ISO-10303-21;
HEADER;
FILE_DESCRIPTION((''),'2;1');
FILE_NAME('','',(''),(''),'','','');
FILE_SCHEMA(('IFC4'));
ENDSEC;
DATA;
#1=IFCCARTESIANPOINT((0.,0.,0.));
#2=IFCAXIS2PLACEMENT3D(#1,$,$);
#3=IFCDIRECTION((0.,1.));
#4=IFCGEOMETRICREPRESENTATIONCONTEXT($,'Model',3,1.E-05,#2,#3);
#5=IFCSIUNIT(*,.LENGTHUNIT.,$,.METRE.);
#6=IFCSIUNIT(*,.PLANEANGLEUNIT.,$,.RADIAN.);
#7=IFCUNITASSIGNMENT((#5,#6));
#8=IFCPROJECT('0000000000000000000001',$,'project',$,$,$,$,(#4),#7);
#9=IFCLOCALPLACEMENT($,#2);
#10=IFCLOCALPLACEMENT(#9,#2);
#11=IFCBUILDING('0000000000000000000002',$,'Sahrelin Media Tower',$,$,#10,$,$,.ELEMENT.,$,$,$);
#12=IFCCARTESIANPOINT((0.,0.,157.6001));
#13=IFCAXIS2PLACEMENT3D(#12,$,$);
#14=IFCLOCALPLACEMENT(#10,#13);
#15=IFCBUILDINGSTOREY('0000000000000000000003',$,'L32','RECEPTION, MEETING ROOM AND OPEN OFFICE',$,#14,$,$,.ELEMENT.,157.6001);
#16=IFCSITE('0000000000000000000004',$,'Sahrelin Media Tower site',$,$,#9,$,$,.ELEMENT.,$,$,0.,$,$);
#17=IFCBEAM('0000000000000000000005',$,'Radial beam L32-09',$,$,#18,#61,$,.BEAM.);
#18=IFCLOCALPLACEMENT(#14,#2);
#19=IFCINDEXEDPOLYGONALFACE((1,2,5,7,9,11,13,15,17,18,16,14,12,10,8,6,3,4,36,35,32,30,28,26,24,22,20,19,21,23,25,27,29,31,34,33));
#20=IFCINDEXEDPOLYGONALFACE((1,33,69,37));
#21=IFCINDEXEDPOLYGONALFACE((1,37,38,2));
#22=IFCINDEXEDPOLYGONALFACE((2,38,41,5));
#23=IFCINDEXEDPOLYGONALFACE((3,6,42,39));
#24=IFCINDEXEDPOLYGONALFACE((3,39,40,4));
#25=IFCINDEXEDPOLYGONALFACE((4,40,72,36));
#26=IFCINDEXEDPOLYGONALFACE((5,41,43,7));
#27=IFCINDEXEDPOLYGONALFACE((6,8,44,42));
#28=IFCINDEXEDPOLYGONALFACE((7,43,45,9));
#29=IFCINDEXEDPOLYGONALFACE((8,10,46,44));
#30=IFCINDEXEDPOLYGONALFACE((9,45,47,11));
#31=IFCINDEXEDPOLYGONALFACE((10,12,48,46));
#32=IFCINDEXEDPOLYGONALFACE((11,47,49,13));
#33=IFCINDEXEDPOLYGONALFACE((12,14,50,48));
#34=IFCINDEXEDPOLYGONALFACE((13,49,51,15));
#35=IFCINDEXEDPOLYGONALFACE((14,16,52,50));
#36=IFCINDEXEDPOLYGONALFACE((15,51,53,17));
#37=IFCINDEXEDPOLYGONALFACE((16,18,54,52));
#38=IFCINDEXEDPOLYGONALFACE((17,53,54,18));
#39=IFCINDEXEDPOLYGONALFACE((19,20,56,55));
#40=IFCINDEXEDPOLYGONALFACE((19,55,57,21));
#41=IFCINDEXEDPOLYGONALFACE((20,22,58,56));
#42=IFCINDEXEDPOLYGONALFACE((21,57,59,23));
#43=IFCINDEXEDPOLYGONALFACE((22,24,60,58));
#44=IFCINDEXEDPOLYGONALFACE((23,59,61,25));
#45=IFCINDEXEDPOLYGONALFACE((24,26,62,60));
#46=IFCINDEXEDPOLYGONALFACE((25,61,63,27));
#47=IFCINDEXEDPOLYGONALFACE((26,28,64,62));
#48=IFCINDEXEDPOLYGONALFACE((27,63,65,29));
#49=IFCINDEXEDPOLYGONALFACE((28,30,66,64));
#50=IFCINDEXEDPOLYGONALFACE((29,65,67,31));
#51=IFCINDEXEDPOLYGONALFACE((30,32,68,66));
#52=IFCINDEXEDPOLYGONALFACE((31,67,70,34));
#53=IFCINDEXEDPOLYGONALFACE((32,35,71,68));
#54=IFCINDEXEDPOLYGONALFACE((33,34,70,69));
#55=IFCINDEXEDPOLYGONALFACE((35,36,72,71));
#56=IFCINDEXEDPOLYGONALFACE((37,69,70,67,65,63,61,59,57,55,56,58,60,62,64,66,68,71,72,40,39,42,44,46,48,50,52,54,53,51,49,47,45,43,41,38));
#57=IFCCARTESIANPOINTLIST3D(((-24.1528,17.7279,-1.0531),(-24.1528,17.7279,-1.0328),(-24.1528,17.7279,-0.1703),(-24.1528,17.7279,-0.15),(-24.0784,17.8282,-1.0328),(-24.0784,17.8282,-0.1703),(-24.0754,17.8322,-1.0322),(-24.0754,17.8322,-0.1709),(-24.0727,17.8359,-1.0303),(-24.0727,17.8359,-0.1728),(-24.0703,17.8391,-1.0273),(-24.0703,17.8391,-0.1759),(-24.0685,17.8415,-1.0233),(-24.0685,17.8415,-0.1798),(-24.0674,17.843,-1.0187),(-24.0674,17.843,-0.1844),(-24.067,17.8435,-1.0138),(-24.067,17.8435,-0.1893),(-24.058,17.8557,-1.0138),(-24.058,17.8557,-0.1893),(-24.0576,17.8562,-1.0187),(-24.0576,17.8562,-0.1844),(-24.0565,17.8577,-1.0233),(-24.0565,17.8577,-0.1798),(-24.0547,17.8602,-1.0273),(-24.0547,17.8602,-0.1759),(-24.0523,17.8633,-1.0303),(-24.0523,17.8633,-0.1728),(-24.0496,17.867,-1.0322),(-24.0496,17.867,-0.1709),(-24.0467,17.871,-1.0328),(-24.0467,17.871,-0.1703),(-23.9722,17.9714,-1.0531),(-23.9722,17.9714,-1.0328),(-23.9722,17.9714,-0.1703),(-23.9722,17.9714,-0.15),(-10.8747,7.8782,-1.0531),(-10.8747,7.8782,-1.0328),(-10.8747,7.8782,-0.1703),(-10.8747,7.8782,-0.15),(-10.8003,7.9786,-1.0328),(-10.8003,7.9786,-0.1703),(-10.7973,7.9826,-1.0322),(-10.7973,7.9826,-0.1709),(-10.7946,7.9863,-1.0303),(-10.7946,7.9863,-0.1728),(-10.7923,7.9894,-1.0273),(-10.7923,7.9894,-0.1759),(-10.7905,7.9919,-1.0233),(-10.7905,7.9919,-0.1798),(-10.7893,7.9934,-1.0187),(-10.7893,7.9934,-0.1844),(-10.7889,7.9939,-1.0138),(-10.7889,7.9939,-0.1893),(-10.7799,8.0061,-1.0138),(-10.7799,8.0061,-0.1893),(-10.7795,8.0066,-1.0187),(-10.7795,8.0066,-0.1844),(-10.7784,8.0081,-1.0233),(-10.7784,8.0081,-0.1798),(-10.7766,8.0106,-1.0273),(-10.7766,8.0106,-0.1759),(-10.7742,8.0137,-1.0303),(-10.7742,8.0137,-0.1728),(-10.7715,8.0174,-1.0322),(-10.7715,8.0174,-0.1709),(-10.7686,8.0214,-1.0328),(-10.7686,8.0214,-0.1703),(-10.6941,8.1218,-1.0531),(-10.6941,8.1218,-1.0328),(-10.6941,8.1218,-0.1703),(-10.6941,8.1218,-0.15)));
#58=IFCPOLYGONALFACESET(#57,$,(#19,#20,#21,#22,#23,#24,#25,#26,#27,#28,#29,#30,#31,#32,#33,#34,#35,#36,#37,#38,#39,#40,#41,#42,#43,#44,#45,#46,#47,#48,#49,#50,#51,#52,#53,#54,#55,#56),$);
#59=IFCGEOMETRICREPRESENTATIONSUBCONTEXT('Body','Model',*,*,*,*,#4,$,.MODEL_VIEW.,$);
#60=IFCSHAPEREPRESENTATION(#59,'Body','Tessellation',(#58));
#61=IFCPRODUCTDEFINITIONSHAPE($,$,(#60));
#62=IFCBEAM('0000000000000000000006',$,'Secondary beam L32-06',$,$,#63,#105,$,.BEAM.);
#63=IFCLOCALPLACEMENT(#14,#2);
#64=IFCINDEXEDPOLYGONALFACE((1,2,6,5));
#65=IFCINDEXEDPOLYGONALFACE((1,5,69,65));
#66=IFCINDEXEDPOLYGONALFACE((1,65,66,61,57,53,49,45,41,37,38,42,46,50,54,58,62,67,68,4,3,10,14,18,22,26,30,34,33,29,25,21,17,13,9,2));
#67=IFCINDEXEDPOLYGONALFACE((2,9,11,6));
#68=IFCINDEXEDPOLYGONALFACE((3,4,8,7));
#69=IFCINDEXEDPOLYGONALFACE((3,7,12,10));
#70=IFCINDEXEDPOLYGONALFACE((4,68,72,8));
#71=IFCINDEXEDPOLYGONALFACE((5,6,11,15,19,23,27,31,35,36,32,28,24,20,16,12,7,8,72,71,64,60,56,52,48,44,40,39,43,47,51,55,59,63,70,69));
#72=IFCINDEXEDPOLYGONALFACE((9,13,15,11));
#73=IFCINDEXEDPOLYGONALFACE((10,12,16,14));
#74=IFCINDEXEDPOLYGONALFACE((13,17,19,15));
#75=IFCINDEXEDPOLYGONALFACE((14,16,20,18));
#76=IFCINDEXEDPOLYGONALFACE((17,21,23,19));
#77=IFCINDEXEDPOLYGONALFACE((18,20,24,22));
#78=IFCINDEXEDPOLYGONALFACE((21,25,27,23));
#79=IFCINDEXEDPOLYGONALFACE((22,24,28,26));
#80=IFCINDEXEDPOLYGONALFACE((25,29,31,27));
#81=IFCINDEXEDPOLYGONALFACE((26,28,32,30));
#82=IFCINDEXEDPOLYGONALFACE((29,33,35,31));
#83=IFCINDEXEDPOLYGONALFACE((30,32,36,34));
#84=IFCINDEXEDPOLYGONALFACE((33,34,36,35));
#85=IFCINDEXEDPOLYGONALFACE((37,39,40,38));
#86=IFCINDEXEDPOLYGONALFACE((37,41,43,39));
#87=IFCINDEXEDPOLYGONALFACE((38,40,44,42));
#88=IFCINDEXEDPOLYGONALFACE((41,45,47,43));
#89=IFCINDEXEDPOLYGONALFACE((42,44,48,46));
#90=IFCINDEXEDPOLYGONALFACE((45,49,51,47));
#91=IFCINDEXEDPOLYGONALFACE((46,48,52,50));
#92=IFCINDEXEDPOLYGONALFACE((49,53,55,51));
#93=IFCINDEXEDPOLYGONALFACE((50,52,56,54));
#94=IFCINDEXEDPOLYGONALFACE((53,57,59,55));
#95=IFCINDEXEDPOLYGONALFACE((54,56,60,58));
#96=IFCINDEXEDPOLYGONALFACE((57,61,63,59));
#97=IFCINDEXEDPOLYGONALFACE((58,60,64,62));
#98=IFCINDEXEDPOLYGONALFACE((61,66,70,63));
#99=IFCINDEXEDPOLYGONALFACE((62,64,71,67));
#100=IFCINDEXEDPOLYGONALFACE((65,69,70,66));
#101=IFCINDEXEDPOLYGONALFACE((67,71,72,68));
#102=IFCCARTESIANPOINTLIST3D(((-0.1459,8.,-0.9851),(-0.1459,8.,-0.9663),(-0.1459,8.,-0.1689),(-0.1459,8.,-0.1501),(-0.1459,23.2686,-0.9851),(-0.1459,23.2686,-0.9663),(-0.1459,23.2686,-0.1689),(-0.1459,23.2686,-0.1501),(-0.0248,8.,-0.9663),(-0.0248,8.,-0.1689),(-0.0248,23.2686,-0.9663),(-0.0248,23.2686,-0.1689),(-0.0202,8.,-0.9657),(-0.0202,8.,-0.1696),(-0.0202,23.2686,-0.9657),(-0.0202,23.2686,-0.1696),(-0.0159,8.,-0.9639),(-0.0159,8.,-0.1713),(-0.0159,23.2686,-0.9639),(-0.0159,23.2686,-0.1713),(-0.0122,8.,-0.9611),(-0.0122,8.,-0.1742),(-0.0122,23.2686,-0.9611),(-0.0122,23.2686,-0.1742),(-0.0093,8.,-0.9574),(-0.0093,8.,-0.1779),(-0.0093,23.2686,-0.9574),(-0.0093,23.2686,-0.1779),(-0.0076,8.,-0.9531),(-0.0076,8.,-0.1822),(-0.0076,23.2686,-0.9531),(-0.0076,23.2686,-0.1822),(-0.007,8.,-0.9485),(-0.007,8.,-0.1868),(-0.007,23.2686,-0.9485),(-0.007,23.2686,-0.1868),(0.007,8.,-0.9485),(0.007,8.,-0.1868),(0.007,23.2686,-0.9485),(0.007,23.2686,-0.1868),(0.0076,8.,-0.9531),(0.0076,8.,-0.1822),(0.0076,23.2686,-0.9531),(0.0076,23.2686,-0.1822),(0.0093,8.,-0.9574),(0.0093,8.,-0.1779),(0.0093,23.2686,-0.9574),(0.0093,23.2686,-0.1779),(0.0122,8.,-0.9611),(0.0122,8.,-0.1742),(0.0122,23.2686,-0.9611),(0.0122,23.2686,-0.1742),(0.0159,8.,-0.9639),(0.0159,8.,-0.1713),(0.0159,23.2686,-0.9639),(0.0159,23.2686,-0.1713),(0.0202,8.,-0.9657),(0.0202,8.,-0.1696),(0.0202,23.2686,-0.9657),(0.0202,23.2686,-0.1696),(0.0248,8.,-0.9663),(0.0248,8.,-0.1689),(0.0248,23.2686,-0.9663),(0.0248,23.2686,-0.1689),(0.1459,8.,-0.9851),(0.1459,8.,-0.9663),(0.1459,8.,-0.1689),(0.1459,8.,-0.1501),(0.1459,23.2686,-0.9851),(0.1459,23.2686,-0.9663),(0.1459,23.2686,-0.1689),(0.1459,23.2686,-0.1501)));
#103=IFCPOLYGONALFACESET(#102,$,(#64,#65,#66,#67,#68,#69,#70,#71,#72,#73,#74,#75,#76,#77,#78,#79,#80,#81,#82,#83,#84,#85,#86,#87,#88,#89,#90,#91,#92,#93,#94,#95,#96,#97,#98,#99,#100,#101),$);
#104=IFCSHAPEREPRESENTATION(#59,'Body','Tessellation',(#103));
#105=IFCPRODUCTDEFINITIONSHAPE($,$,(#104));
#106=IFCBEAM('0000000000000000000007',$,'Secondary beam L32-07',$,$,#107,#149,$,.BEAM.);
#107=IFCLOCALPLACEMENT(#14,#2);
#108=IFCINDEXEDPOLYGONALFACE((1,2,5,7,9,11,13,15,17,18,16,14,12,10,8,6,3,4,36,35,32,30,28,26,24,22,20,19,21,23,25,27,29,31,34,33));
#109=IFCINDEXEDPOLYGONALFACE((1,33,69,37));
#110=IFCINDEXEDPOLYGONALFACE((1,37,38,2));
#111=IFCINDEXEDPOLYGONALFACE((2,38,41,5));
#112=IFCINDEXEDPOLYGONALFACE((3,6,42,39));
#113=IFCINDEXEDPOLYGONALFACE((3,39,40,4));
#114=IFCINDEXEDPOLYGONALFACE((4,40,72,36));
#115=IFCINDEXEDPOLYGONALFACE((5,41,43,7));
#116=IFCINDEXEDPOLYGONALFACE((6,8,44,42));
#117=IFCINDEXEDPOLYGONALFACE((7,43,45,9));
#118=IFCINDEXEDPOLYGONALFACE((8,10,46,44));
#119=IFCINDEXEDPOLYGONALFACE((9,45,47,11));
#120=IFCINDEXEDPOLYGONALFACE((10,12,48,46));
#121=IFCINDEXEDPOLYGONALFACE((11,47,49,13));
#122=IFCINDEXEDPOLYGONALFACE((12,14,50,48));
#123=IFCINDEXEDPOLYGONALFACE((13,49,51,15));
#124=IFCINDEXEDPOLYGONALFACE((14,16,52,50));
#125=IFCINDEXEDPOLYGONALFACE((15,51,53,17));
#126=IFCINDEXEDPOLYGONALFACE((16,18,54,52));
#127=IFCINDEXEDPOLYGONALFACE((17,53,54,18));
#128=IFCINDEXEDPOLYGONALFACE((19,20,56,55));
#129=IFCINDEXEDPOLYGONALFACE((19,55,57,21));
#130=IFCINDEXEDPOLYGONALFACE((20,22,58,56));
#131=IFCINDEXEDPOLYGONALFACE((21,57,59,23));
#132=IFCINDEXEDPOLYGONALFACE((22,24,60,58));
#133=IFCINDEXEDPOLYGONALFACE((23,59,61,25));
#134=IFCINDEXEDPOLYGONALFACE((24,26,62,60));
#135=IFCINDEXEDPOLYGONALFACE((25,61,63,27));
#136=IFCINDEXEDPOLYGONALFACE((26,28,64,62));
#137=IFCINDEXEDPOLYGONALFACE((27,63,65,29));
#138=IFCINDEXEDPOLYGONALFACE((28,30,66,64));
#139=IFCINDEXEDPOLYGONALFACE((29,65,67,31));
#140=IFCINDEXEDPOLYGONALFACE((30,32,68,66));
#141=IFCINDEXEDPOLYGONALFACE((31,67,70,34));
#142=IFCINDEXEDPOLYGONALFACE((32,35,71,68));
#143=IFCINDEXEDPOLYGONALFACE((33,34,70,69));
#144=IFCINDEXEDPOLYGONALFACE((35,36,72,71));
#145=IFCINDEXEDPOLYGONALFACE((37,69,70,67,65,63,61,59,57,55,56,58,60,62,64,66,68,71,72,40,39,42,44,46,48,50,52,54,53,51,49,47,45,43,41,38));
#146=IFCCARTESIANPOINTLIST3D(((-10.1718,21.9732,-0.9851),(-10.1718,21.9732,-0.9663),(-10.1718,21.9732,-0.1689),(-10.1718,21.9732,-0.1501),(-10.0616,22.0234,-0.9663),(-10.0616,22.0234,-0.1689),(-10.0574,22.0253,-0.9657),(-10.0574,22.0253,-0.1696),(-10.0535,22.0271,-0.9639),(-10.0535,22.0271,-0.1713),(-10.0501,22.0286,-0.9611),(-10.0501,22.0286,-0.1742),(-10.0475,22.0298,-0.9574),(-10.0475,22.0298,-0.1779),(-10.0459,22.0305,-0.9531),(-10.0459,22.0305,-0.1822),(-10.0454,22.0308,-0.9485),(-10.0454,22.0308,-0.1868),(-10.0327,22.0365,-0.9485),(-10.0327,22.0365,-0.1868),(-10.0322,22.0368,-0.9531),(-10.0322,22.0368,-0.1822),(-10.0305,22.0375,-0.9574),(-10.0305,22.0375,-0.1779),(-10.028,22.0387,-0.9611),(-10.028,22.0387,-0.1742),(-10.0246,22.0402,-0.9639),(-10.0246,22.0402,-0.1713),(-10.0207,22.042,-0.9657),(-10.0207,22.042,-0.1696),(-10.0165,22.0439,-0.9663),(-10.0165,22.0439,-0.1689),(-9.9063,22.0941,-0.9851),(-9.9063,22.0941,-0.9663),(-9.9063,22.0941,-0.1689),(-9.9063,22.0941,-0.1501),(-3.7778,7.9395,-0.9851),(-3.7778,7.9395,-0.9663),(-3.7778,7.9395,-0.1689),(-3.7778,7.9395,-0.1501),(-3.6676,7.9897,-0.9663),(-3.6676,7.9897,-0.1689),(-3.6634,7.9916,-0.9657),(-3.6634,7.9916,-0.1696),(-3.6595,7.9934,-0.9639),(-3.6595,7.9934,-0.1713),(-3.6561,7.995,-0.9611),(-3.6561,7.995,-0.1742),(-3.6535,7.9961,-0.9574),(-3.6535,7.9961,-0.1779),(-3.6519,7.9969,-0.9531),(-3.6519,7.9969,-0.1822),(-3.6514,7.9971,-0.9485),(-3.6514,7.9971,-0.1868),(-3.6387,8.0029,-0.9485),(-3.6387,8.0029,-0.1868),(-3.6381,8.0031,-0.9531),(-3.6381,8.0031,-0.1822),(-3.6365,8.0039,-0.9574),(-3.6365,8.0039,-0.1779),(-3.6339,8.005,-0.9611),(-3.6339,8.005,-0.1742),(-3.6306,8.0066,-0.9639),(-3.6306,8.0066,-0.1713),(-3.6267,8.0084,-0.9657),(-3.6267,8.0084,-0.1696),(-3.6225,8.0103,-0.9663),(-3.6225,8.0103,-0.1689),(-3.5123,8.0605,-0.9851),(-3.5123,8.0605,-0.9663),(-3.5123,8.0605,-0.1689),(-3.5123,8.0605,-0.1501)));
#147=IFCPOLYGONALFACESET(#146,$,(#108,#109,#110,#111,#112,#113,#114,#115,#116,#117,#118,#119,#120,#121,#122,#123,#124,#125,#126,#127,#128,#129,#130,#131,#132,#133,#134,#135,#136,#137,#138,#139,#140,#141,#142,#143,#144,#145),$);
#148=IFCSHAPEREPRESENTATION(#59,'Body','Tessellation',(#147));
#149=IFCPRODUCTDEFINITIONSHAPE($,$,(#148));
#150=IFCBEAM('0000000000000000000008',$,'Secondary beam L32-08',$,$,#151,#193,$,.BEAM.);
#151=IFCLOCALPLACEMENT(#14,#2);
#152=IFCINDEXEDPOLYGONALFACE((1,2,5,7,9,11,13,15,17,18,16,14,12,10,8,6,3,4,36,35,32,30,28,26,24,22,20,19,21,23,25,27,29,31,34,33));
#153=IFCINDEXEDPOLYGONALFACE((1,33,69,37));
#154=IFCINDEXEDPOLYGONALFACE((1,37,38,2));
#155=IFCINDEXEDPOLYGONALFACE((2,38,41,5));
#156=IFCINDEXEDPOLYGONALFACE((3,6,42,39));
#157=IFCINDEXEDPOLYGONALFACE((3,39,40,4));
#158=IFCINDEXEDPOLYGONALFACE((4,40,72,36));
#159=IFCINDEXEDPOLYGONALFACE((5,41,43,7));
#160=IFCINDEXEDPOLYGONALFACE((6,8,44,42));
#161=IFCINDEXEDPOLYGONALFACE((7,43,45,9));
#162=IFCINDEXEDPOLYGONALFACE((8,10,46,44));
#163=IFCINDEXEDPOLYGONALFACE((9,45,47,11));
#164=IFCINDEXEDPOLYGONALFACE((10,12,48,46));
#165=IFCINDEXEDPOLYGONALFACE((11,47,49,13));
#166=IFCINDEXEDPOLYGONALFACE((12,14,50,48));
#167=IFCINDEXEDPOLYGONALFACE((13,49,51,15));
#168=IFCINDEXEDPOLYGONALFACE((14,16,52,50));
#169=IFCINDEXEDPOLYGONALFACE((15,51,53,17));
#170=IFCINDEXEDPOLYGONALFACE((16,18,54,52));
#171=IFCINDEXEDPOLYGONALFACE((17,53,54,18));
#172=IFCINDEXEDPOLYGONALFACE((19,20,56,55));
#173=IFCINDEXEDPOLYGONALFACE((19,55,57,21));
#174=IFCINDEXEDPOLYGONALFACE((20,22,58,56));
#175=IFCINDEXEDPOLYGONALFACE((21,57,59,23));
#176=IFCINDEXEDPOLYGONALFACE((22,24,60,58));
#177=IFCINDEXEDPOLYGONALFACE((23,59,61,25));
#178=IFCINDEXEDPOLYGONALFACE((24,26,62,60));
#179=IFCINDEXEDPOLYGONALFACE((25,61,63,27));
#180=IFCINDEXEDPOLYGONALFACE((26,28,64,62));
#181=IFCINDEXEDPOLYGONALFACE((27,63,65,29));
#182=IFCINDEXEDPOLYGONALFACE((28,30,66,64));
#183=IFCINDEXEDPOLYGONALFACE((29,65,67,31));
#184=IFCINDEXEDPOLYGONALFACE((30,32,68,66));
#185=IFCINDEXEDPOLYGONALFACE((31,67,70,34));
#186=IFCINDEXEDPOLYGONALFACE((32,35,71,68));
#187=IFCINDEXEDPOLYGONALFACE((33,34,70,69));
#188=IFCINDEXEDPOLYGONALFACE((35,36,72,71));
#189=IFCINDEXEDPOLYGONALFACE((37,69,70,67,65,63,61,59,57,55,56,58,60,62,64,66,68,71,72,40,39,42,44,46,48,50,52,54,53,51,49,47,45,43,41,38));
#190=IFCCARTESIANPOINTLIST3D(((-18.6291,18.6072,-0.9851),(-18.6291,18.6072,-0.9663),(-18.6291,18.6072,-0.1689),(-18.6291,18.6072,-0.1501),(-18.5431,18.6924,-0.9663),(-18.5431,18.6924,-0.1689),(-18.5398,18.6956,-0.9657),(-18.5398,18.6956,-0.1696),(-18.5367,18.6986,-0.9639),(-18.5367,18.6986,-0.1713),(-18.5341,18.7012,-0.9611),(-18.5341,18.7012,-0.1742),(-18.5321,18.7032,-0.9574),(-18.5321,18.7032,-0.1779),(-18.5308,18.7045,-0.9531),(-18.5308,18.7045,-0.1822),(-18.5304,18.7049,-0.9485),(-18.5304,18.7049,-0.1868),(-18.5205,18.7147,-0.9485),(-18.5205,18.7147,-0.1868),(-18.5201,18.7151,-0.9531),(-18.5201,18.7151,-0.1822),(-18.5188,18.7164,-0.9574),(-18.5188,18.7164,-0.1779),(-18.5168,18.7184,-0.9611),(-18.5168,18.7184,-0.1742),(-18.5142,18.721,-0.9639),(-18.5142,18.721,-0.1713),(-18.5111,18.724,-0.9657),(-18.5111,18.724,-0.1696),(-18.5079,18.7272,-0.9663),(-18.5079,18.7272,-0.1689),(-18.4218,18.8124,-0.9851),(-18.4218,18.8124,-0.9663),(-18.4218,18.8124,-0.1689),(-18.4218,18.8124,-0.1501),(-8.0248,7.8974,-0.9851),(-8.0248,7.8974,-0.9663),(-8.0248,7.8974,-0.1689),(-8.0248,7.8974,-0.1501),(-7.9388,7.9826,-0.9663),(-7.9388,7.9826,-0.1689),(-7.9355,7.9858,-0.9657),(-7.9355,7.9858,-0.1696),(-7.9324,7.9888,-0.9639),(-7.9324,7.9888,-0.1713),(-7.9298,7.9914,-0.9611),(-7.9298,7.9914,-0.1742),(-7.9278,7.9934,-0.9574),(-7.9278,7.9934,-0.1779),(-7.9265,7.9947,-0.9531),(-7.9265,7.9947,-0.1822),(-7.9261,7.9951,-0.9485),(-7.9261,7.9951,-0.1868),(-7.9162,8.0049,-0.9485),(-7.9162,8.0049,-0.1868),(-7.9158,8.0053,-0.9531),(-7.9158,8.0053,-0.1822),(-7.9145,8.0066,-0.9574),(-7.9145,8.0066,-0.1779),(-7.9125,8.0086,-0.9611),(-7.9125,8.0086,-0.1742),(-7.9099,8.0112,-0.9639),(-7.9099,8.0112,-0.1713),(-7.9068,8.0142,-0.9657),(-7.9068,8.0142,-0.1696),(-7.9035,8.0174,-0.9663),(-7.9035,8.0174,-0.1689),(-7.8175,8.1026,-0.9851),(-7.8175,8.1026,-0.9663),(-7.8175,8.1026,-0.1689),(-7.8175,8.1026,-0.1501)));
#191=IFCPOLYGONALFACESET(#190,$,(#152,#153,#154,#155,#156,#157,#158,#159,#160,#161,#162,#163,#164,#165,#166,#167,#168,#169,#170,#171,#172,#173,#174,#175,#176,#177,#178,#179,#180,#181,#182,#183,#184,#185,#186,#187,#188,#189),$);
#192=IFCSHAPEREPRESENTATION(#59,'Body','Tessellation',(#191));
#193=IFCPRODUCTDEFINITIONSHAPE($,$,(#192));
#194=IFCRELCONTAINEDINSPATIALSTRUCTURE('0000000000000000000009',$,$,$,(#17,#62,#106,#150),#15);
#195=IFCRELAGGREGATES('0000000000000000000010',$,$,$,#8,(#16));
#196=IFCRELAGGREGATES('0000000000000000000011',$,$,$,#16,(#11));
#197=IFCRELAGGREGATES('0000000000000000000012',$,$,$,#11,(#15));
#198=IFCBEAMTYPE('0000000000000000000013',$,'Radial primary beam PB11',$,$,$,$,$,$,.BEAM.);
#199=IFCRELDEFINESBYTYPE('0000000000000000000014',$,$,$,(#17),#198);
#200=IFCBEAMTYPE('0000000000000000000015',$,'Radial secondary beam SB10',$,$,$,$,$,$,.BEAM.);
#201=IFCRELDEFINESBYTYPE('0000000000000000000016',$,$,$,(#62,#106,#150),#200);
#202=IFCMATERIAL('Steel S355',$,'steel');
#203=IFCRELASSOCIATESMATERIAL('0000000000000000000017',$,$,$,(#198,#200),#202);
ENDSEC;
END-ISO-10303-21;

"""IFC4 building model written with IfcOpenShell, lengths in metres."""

from ifc_helpers import new_model, si_unit, direction, frame, origin, origin_2d, place, context, subcontext, project, spatial, i_section, extrude, material, material_profile, profile_set, type_object, element, save


model = new_model("IFC4")

# Units and contexts
model_context = context("Model", 3, precision=1e-05, world=origin(), true_north=direction((0.0, 1.0)))
body_context = subcontext(model_context, "Body", "Model", "MODEL_VIEW")
ifc_project = project(units=[si_unit("LENGTHUNIT", "METRE"), si_unit("PLANEANGLEUNIT", "RADIAN")], contexts=[model_context])

# Site, building, storey
site_placement = place(None, origin())
site = spatial("IfcSite", under=ifc_project, at=site_placement, Name="Sahrelin Media Tower site", CompositionType="ELEMENT", RefElevation=0.0)
building_placement = place(site_placement, origin())
building = spatial("IfcBuilding", under=site, at=building_placement, Name="Sahrelin Media Tower", CompositionType="ELEMENT")
storey_placement = place(building_placement, frame((0.0, 0.0, 157.6001)))
storey = spatial("IfcBuildingStorey", under=building, at=storey_placement, Name="L32", Description="RECEPTION, MEETING ROOM AND OPEN OFFICE", CompositionType="ELEMENT", Elevation=157.6001)

# Shared definitions
ifc_material_1 = material(Name="Steel S355", Category="steel")

# Beams
ifc_material_profile_1 = material_profile(ifc_material_1, i_section(OverallWidth=0.3032, OverallDepth=0.9031, WebThickness=0.0151, FlangeThickness=0.0203, FilletRadius=0.019, at=origin_2d()), Name="UB 914x305x201")
ifc_profile_set_1 = profile_set([ifc_material_profile_1], Name="Steel S355")
beam_type_1 = type_object("IfcBeamType", Name="Radial primary beam PB11", PredefinedType="BEAM", material=ifc_profile_set_1)
beam_1_placement = place(storey_placement, frame((-10.7844, 8.0, -0.6016), z_axis=(-0.803152, 0.595774, 0.0), x_axis=(-0.595774, -0.803152, 0.0)))
element("IfcBeam", 1, at=beam_1_placement, inside=storey, type_object=beam_type_1, Name="Radial beam L32-09", PredefinedType="BEAM", context=body_context, shape_type="SweptSolid", body=[
    extrude(i_section(OverallWidth=0.3032, OverallDepth=0.9031, WebThickness=0.0151, FlangeThickness=0.0203, FilletRadius=0.019, at=origin_2d()), origin(), (0.0, 0.0, 1.0), 16.5325),
])
ifc_material_profile_2 = material_profile(ifc_material_1, i_section(OverallWidth=0.2917, OverallDepth=0.835, WebThickness=0.0139, FlangeThickness=0.0188, FilletRadius=0.0178, at=origin_2d()), Name="UB 838x292x176")
ifc_profile_set_2 = profile_set([ifc_material_profile_2], Name="Steel S355")
beam_type_2 = type_object("IfcBeamType", Name="Radial secondary beam SB10", PredefinedType="BEAM", material=ifc_profile_set_2)
beam_2_placement = place(storey_placement, frame((0.0, 8.0, -0.5676), z_axis=(0.0, 1.0, 0.0), x_axis=(-1.0, 0.0, 0.0)))
element("IfcBeam", 2, at=beam_2_placement, inside=storey, type_object=beam_type_2, Name="Secondary beam L32-06", PredefinedType="BEAM", context=body_context, shape_type="SweptSolid", body=[
    extrude(i_section(OverallWidth=0.2917, OverallDepth=0.835, WebThickness=0.0139, FlangeThickness=0.0188, FilletRadius=0.0178, at=origin_2d()), origin(), (0.0, 0.0, 1.0), 15.2686),
])
beam_3_placement = place(storey_placement, frame((-3.645, 8.0, -0.5676), z_axis=(-0.414614, 0.909997, 0.0), x_axis=(-0.909997, -0.414614, 0.0)))
element("IfcBeam", 3, at=beam_3_placement, inside=storey, type_object=beam_type_2, Name="Secondary beam L32-07", PredefinedType="BEAM", context=body_context, shape_type="SweptSolid", body=[
    extrude(i_section(OverallWidth=0.2917, OverallDepth=0.835, WebThickness=0.0139, FlangeThickness=0.0188, FilletRadius=0.0178, at=origin_2d()), origin(), (0.0, 0.0, 1.0), 15.4216),
])
beam_4_placement = place(storey_placement, frame((-7.9211, 8.0, -0.5676), z_axis=(-0.703599, 0.710597, 0.0), x_axis=(-0.710597, -0.703599, 0.0)))
element("IfcBeam", 4, at=beam_4_placement, inside=storey, type_object=beam_type_2, Name="Secondary beam L32-08", PredefinedType="BEAM", context=body_context, shape_type="SweptSolid", body=[
    extrude(i_section(OverallWidth=0.2917, OverallDepth=0.835, WebThickness=0.0139, FlangeThickness=0.0188, FilletRadius=0.0178, at=origin_2d()), origin(), (0.0, 0.0, 1.0), 15.0715),
])

save(model, "model.ifc")
